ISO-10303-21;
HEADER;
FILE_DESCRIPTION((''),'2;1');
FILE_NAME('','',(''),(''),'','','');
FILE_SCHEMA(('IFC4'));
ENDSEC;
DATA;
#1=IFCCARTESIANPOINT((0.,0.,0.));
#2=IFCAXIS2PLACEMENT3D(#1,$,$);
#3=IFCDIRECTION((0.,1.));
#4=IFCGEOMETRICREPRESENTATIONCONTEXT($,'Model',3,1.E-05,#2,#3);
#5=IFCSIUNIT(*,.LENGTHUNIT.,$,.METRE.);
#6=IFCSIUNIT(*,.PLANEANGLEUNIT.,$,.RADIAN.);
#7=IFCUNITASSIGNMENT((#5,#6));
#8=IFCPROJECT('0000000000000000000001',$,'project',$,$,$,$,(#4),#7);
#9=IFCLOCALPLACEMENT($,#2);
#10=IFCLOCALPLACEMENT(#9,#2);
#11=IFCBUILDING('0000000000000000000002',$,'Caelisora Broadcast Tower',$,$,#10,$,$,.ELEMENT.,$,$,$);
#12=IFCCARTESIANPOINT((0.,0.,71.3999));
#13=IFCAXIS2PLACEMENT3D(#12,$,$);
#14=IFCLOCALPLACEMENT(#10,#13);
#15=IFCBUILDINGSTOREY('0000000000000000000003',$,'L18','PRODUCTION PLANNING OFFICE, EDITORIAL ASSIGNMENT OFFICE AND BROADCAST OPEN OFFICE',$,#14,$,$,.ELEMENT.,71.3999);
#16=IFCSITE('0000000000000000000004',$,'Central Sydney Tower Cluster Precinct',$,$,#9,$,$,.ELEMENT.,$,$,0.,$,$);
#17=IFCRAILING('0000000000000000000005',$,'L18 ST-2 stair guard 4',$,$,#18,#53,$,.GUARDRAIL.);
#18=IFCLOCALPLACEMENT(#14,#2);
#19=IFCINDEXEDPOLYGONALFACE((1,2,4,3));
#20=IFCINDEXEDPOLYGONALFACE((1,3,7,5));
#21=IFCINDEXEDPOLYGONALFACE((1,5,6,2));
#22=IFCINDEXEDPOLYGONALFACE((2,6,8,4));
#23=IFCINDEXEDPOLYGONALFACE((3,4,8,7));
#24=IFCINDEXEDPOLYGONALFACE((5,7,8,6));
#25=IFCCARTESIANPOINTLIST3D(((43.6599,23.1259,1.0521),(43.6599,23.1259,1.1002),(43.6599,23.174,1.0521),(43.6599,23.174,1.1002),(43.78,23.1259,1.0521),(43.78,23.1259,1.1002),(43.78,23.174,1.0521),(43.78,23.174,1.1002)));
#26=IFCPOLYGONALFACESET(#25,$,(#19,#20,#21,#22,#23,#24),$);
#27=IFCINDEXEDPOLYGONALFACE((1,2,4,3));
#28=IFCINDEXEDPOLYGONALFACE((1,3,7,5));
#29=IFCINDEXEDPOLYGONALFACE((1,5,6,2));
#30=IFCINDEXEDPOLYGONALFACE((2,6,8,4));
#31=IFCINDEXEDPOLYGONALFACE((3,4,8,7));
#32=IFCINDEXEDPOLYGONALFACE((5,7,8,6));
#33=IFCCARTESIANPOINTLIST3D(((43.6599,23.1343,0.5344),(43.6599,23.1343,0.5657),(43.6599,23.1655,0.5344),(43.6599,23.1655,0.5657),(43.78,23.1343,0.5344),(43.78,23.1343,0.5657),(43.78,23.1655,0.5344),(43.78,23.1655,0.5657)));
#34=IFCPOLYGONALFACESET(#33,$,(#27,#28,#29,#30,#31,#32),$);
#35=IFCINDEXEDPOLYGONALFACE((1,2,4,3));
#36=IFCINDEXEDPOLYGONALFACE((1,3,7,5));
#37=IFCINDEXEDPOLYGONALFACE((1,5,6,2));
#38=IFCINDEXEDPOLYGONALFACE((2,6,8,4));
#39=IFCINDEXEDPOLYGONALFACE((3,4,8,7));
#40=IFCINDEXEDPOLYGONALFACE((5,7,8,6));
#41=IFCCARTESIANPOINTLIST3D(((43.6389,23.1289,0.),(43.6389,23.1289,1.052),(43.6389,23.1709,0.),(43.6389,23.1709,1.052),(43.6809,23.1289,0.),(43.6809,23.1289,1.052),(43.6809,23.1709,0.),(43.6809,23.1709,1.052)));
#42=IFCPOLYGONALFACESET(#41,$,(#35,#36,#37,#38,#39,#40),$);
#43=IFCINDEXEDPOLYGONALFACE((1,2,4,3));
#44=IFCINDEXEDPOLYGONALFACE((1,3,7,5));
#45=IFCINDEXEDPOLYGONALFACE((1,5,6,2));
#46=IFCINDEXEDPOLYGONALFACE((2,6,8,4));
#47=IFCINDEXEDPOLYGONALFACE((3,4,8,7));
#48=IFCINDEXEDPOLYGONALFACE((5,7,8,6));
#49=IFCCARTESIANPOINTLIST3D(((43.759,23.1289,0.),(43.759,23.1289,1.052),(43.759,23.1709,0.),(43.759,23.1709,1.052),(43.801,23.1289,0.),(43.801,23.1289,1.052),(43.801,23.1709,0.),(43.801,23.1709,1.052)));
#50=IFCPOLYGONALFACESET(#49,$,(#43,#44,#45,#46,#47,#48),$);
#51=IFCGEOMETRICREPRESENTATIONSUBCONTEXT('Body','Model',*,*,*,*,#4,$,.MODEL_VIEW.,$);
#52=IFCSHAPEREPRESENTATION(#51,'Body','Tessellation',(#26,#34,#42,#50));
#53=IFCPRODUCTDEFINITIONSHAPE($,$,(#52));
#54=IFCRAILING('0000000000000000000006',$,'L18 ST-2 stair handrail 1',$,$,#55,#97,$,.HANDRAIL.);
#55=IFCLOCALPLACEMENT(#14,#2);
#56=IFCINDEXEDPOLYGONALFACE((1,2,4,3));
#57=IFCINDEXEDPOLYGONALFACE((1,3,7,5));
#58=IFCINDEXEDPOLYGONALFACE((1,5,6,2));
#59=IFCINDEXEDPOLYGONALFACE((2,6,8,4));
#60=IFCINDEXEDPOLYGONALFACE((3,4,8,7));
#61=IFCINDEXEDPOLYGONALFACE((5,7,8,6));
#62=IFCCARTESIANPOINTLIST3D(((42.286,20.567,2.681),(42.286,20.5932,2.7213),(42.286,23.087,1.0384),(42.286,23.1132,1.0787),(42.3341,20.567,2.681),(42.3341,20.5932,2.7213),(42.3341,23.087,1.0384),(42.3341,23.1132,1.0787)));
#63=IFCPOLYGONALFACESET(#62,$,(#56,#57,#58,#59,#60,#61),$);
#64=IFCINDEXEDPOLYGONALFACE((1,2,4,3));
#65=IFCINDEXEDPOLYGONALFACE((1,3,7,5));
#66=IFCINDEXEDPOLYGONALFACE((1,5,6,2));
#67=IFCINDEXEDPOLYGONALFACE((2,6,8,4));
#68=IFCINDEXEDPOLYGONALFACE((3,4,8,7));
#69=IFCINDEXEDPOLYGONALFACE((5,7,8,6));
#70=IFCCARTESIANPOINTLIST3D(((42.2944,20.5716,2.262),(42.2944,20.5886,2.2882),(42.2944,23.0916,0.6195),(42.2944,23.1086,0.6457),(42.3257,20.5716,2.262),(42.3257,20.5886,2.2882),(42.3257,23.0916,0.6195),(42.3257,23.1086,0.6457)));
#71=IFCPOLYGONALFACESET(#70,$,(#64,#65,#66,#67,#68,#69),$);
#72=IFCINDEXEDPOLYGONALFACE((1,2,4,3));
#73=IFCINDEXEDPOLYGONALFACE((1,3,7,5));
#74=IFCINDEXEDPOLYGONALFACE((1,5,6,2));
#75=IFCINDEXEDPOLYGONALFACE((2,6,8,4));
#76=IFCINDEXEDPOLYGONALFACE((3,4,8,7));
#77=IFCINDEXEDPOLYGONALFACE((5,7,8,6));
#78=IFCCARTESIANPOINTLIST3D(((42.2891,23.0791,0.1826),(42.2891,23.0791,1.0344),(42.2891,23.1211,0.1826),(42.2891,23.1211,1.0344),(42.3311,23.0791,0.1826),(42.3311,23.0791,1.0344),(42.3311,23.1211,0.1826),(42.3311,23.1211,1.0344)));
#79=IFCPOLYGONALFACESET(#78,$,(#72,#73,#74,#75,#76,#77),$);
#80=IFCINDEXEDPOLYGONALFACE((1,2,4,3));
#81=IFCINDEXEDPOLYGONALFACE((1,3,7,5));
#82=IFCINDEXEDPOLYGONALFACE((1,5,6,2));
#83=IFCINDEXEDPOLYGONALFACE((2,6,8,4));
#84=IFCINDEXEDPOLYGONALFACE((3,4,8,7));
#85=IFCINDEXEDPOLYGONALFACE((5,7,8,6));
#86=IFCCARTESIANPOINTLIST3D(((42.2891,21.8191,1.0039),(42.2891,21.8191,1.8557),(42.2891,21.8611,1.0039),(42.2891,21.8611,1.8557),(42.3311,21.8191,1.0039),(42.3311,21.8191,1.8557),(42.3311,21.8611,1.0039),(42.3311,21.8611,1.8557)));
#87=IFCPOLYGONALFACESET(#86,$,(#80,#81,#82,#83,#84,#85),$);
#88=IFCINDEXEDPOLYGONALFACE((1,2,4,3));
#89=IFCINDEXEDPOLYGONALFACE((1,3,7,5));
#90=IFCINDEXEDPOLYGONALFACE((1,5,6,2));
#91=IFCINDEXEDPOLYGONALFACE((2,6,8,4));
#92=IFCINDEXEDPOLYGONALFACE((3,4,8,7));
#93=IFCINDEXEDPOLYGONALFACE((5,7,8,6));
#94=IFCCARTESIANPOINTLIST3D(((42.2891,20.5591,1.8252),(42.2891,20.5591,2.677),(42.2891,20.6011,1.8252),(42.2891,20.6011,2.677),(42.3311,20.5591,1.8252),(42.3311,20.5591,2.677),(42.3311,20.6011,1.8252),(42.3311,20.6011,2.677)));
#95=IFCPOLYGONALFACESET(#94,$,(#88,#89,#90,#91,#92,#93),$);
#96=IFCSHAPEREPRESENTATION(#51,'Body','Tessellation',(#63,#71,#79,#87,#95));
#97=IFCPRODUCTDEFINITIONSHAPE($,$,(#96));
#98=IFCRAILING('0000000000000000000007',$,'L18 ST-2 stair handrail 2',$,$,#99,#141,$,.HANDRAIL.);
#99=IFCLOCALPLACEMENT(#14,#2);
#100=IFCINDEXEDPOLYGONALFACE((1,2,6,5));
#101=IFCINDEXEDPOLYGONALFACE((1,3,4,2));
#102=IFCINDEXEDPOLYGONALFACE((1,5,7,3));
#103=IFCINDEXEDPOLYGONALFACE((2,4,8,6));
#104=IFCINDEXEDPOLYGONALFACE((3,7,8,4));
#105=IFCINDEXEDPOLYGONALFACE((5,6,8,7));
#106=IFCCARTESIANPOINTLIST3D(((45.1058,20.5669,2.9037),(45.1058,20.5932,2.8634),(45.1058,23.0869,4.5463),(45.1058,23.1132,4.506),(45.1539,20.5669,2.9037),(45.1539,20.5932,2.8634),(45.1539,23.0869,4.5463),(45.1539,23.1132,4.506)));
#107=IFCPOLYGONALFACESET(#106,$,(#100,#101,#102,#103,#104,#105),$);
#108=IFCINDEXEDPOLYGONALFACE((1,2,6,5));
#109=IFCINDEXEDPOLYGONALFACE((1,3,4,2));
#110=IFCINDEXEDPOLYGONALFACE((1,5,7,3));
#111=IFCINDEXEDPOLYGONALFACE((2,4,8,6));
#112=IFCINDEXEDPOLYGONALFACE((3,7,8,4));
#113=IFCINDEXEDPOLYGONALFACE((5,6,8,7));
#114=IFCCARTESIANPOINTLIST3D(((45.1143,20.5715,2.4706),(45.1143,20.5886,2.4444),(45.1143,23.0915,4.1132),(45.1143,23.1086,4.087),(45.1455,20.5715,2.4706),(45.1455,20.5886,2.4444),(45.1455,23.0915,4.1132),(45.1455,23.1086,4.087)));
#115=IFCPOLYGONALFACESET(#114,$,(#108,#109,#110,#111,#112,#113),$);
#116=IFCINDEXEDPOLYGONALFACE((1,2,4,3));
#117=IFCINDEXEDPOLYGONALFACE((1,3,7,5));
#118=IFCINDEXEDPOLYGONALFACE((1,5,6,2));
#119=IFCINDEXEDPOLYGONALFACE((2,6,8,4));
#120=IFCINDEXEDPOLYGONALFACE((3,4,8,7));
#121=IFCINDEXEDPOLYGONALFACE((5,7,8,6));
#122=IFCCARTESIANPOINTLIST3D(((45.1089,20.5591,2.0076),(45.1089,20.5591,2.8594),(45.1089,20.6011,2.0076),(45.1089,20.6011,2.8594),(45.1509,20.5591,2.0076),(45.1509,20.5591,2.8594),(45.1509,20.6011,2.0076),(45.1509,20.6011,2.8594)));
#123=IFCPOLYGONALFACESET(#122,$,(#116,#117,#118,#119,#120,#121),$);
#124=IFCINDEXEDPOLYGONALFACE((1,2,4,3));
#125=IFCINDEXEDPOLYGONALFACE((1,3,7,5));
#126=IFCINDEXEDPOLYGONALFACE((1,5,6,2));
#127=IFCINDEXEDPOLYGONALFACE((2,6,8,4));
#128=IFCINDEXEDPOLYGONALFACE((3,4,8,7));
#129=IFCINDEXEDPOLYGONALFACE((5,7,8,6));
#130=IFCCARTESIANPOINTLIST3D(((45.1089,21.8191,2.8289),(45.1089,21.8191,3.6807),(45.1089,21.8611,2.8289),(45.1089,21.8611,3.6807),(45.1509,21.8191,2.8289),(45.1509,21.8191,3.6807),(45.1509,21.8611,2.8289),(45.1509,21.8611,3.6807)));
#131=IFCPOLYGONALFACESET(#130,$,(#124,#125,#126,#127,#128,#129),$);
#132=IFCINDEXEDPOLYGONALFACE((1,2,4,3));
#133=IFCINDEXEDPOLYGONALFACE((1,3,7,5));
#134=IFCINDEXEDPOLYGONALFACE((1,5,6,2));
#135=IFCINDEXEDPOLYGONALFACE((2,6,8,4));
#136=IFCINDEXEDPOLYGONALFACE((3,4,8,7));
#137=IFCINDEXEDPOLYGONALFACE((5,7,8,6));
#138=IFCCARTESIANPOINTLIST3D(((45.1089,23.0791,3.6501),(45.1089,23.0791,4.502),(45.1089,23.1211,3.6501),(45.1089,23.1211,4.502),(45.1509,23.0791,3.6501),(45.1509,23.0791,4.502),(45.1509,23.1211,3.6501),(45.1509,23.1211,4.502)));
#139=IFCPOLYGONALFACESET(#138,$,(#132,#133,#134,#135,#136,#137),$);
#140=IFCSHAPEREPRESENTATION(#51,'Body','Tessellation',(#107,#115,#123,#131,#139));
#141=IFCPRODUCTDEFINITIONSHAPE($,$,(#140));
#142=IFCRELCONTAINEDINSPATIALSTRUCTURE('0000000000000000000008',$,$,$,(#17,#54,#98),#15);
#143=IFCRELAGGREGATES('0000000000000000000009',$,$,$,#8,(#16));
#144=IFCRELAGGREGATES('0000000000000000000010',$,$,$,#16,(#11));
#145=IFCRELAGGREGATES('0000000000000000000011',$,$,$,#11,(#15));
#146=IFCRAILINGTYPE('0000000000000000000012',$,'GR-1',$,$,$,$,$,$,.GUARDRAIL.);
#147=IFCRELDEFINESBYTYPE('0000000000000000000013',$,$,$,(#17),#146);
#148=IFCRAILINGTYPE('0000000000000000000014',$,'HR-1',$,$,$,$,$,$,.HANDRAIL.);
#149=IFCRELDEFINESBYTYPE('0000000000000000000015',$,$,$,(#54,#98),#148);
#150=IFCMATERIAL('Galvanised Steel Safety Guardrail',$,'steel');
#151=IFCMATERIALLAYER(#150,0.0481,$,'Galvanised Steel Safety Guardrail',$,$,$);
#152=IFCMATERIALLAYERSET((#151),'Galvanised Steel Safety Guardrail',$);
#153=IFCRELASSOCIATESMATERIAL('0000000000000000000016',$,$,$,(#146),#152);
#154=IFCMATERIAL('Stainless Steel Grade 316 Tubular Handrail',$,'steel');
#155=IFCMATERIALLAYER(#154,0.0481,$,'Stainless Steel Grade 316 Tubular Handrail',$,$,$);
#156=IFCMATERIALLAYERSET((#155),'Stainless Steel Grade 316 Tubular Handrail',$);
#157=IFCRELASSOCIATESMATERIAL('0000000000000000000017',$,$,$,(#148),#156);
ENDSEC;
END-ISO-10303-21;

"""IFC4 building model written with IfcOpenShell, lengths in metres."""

from ifc_helpers import new_model, si_unit, direction, frame, origin, origin_2d, place, context, subcontext, project, spatial, rectangle, extrude, material, layer, layer_set, type_object, element, save


model = new_model("IFC4")

# Units and contexts
model_context = context("Model", 3, precision=1e-05, world=origin(), true_north=direction((0.0, 1.0)))
body_context = subcontext(model_context, "Body", "Model", "MODEL_VIEW")
ifc_project = project(units=[si_unit("LENGTHUNIT", "METRE"), si_unit("PLANEANGLEUNIT", "RADIAN")], contexts=[model_context])

# Site, building, storey
site_placement = place(None, origin())
site = spatial("IfcSite", under=ifc_project, at=site_placement, Name="Central Sydney Tower Cluster Precinct", CompositionType="ELEMENT", RefElevation=0.0)
building_placement = place(site_placement, origin())
building = spatial("IfcBuilding", under=site, at=building_placement, Name="Caelisora Broadcast Tower", CompositionType="ELEMENT")
storey_placement = place(building_placement, frame((0.0, 0.0, 71.3999)))
storey = spatial("IfcBuildingStorey", under=building, at=storey_placement, Name="L18", Description="PRODUCTION PLANNING OFFICE, EDITORIAL ASSIGNMENT OFFICE AND BROADCAST OPEN OFFICE", CompositionType="ELEMENT", Elevation=71.3999)

# Railings
ifc_material_1 = material(Name="Galvanised Steel Safety Guardrail", Category="steel")
ifc_layer_1 = layer(ifc_material_1, 0.0481, Name="Galvanised Steel Safety Guardrail")
ifc_layer_set_1 = layer_set([ifc_layer_1], Name="Galvanised Steel Safety Guardrail")
railing_type_1 = type_object("IfcRailingType", Name="GR-1", PredefinedType="GUARDRAIL", material=ifc_layer_set_1)
railing_1_placement = place(storey_placement, frame((43.6599, 23.1499, 0.0)))
element("IfcRailing", 1, at=railing_1_placement, inside=storey, type_object=railing_type_1, Name="L18 ST-2 stair guard 4", PredefinedType="GUARDRAIL", context=body_context, shape_type="SweptSolid", body=[
    extrude(rectangle(XDim=0.0481, YDim=0.0481, at=origin_2d()), frame((0.0, 0.0, 1.0762), z_axis=(1.0, 0.0, 0.0), x_axis=(0.0, 1.0, 0.0)), (0.0, 0.0, 1.0), 0.1201),
    extrude(rectangle(XDim=0.0312, YDim=0.0312, at=origin_2d()), frame((0.0, 0.0, 0.55), z_axis=(1.0, 0.0, 0.0), x_axis=(0.0, 1.0, 0.0)), (0.0, 0.0, 1.0), 0.1201),
    extrude(rectangle(XDim=0.042, YDim=0.042, at=origin_2d()), origin(), (0.0, 0.0, 1.0), 1.052),
    extrude(rectangle(XDim=0.042, YDim=0.042, at=origin_2d()), frame((0.1201, 0.0, 0.0)), (0.0, 0.0, 1.0), 1.052),
])
ifc_material_2 = material(Name="Stainless Steel Grade 316 Tubular Handrail", Category="steel")
ifc_layer_2 = layer(ifc_material_2, 0.0481, Name="Stainless Steel Grade 316 Tubular Handrail")
ifc_layer_set_2 = layer_set([ifc_layer_2], Name="Stainless Steel Grade 316 Tubular Handrail")
railing_type_2 = type_object("IfcRailingType", Name="HR-1", PredefinedType="HANDRAIL", material=ifc_layer_set_2)
railing_2_placement = place(storey_placement, frame((42.3101, 23.1001, 0.1826)))
element("IfcRailing", 2, at=railing_2_placement, inside=storey, type_object=railing_type_2, Name="L18 ST-2 stair handrail 1", PredefinedType="HANDRAIL", context=body_context, shape_type="SweptSolid", body=[
    extrude(rectangle(XDim=0.0481, YDim=0.0481, at=origin_2d()), frame((0.0, 0.0, 0.876), z_axis=(0.0, -0.837749, 0.546055), x_axis=(1.0, 0.0, 0.0)), (0.0, 0.0, 1.0), 3.0081),
    extrude(rectangle(XDim=0.0312, YDim=0.0312, at=origin_2d()), frame((0.0, 0.0, 0.45), z_axis=(0.0, -0.837749, 0.546055), x_axis=(1.0, 0.0, 0.0)), (0.0, 0.0, 1.0), 3.0081),
    extrude(rectangle(XDim=0.042, YDim=0.042, at=origin_2d()), origin(), (0.0, 0.0, 1.0), 0.8518),
    extrude(rectangle(XDim=0.042, YDim=0.042, at=origin_2d()), frame((0.0, -1.26, 0.8213)), (0.0, 0.0, 1.0), 0.8518),
    extrude(rectangle(XDim=0.042, YDim=0.042, at=origin_2d()), frame((0.0, -2.52, 1.6426)), (0.0, 0.0, 1.0), 0.8518),
])
railing_3_placement = place(storey_placement, frame((45.1299, 20.5801, 2.0076)))
element("IfcRailing", 3, at=railing_3_placement, inside=storey, type_object=railing_type_2, Name="L18 ST-2 stair handrail 2", PredefinedType="HANDRAIL", context=body_context, shape_type="SweptSolid", body=[
    extrude(rectangle(XDim=0.0481, YDim=0.0481, at=origin_2d()), frame((0.0, 0.0, 0.876), z_axis=(0.0, 0.837749, 0.546055), x_axis=(-1.0, 0.0, 0.0)), (0.0, 0.0, 1.0), 3.0081),
    extrude(rectangle(XDim=0.0312, YDim=0.0312, at=origin_2d()), frame((0.0, 0.0, 0.45), z_axis=(0.0, 0.837749, 0.546055), x_axis=(-1.0, 0.0, 0.0)), (0.0, 0.0, 1.0), 3.0081),
    extrude(rectangle(XDim=0.042, YDim=0.042, at=origin_2d()), origin(), (0.0, 0.0, 1.0), 0.8518),
    extrude(rectangle(XDim=0.042, YDim=0.042, at=origin_2d()), frame((0.0, 1.26, 0.8213)), (0.0, 0.0, 1.0), 0.8518),
    extrude(rectangle(XDim=0.042, YDim=0.042, at=origin_2d()), frame((0.0, 2.52, 1.6426)), (0.0, 0.0, 1.0), 0.8518),
])

save(model, "model.ifc")
